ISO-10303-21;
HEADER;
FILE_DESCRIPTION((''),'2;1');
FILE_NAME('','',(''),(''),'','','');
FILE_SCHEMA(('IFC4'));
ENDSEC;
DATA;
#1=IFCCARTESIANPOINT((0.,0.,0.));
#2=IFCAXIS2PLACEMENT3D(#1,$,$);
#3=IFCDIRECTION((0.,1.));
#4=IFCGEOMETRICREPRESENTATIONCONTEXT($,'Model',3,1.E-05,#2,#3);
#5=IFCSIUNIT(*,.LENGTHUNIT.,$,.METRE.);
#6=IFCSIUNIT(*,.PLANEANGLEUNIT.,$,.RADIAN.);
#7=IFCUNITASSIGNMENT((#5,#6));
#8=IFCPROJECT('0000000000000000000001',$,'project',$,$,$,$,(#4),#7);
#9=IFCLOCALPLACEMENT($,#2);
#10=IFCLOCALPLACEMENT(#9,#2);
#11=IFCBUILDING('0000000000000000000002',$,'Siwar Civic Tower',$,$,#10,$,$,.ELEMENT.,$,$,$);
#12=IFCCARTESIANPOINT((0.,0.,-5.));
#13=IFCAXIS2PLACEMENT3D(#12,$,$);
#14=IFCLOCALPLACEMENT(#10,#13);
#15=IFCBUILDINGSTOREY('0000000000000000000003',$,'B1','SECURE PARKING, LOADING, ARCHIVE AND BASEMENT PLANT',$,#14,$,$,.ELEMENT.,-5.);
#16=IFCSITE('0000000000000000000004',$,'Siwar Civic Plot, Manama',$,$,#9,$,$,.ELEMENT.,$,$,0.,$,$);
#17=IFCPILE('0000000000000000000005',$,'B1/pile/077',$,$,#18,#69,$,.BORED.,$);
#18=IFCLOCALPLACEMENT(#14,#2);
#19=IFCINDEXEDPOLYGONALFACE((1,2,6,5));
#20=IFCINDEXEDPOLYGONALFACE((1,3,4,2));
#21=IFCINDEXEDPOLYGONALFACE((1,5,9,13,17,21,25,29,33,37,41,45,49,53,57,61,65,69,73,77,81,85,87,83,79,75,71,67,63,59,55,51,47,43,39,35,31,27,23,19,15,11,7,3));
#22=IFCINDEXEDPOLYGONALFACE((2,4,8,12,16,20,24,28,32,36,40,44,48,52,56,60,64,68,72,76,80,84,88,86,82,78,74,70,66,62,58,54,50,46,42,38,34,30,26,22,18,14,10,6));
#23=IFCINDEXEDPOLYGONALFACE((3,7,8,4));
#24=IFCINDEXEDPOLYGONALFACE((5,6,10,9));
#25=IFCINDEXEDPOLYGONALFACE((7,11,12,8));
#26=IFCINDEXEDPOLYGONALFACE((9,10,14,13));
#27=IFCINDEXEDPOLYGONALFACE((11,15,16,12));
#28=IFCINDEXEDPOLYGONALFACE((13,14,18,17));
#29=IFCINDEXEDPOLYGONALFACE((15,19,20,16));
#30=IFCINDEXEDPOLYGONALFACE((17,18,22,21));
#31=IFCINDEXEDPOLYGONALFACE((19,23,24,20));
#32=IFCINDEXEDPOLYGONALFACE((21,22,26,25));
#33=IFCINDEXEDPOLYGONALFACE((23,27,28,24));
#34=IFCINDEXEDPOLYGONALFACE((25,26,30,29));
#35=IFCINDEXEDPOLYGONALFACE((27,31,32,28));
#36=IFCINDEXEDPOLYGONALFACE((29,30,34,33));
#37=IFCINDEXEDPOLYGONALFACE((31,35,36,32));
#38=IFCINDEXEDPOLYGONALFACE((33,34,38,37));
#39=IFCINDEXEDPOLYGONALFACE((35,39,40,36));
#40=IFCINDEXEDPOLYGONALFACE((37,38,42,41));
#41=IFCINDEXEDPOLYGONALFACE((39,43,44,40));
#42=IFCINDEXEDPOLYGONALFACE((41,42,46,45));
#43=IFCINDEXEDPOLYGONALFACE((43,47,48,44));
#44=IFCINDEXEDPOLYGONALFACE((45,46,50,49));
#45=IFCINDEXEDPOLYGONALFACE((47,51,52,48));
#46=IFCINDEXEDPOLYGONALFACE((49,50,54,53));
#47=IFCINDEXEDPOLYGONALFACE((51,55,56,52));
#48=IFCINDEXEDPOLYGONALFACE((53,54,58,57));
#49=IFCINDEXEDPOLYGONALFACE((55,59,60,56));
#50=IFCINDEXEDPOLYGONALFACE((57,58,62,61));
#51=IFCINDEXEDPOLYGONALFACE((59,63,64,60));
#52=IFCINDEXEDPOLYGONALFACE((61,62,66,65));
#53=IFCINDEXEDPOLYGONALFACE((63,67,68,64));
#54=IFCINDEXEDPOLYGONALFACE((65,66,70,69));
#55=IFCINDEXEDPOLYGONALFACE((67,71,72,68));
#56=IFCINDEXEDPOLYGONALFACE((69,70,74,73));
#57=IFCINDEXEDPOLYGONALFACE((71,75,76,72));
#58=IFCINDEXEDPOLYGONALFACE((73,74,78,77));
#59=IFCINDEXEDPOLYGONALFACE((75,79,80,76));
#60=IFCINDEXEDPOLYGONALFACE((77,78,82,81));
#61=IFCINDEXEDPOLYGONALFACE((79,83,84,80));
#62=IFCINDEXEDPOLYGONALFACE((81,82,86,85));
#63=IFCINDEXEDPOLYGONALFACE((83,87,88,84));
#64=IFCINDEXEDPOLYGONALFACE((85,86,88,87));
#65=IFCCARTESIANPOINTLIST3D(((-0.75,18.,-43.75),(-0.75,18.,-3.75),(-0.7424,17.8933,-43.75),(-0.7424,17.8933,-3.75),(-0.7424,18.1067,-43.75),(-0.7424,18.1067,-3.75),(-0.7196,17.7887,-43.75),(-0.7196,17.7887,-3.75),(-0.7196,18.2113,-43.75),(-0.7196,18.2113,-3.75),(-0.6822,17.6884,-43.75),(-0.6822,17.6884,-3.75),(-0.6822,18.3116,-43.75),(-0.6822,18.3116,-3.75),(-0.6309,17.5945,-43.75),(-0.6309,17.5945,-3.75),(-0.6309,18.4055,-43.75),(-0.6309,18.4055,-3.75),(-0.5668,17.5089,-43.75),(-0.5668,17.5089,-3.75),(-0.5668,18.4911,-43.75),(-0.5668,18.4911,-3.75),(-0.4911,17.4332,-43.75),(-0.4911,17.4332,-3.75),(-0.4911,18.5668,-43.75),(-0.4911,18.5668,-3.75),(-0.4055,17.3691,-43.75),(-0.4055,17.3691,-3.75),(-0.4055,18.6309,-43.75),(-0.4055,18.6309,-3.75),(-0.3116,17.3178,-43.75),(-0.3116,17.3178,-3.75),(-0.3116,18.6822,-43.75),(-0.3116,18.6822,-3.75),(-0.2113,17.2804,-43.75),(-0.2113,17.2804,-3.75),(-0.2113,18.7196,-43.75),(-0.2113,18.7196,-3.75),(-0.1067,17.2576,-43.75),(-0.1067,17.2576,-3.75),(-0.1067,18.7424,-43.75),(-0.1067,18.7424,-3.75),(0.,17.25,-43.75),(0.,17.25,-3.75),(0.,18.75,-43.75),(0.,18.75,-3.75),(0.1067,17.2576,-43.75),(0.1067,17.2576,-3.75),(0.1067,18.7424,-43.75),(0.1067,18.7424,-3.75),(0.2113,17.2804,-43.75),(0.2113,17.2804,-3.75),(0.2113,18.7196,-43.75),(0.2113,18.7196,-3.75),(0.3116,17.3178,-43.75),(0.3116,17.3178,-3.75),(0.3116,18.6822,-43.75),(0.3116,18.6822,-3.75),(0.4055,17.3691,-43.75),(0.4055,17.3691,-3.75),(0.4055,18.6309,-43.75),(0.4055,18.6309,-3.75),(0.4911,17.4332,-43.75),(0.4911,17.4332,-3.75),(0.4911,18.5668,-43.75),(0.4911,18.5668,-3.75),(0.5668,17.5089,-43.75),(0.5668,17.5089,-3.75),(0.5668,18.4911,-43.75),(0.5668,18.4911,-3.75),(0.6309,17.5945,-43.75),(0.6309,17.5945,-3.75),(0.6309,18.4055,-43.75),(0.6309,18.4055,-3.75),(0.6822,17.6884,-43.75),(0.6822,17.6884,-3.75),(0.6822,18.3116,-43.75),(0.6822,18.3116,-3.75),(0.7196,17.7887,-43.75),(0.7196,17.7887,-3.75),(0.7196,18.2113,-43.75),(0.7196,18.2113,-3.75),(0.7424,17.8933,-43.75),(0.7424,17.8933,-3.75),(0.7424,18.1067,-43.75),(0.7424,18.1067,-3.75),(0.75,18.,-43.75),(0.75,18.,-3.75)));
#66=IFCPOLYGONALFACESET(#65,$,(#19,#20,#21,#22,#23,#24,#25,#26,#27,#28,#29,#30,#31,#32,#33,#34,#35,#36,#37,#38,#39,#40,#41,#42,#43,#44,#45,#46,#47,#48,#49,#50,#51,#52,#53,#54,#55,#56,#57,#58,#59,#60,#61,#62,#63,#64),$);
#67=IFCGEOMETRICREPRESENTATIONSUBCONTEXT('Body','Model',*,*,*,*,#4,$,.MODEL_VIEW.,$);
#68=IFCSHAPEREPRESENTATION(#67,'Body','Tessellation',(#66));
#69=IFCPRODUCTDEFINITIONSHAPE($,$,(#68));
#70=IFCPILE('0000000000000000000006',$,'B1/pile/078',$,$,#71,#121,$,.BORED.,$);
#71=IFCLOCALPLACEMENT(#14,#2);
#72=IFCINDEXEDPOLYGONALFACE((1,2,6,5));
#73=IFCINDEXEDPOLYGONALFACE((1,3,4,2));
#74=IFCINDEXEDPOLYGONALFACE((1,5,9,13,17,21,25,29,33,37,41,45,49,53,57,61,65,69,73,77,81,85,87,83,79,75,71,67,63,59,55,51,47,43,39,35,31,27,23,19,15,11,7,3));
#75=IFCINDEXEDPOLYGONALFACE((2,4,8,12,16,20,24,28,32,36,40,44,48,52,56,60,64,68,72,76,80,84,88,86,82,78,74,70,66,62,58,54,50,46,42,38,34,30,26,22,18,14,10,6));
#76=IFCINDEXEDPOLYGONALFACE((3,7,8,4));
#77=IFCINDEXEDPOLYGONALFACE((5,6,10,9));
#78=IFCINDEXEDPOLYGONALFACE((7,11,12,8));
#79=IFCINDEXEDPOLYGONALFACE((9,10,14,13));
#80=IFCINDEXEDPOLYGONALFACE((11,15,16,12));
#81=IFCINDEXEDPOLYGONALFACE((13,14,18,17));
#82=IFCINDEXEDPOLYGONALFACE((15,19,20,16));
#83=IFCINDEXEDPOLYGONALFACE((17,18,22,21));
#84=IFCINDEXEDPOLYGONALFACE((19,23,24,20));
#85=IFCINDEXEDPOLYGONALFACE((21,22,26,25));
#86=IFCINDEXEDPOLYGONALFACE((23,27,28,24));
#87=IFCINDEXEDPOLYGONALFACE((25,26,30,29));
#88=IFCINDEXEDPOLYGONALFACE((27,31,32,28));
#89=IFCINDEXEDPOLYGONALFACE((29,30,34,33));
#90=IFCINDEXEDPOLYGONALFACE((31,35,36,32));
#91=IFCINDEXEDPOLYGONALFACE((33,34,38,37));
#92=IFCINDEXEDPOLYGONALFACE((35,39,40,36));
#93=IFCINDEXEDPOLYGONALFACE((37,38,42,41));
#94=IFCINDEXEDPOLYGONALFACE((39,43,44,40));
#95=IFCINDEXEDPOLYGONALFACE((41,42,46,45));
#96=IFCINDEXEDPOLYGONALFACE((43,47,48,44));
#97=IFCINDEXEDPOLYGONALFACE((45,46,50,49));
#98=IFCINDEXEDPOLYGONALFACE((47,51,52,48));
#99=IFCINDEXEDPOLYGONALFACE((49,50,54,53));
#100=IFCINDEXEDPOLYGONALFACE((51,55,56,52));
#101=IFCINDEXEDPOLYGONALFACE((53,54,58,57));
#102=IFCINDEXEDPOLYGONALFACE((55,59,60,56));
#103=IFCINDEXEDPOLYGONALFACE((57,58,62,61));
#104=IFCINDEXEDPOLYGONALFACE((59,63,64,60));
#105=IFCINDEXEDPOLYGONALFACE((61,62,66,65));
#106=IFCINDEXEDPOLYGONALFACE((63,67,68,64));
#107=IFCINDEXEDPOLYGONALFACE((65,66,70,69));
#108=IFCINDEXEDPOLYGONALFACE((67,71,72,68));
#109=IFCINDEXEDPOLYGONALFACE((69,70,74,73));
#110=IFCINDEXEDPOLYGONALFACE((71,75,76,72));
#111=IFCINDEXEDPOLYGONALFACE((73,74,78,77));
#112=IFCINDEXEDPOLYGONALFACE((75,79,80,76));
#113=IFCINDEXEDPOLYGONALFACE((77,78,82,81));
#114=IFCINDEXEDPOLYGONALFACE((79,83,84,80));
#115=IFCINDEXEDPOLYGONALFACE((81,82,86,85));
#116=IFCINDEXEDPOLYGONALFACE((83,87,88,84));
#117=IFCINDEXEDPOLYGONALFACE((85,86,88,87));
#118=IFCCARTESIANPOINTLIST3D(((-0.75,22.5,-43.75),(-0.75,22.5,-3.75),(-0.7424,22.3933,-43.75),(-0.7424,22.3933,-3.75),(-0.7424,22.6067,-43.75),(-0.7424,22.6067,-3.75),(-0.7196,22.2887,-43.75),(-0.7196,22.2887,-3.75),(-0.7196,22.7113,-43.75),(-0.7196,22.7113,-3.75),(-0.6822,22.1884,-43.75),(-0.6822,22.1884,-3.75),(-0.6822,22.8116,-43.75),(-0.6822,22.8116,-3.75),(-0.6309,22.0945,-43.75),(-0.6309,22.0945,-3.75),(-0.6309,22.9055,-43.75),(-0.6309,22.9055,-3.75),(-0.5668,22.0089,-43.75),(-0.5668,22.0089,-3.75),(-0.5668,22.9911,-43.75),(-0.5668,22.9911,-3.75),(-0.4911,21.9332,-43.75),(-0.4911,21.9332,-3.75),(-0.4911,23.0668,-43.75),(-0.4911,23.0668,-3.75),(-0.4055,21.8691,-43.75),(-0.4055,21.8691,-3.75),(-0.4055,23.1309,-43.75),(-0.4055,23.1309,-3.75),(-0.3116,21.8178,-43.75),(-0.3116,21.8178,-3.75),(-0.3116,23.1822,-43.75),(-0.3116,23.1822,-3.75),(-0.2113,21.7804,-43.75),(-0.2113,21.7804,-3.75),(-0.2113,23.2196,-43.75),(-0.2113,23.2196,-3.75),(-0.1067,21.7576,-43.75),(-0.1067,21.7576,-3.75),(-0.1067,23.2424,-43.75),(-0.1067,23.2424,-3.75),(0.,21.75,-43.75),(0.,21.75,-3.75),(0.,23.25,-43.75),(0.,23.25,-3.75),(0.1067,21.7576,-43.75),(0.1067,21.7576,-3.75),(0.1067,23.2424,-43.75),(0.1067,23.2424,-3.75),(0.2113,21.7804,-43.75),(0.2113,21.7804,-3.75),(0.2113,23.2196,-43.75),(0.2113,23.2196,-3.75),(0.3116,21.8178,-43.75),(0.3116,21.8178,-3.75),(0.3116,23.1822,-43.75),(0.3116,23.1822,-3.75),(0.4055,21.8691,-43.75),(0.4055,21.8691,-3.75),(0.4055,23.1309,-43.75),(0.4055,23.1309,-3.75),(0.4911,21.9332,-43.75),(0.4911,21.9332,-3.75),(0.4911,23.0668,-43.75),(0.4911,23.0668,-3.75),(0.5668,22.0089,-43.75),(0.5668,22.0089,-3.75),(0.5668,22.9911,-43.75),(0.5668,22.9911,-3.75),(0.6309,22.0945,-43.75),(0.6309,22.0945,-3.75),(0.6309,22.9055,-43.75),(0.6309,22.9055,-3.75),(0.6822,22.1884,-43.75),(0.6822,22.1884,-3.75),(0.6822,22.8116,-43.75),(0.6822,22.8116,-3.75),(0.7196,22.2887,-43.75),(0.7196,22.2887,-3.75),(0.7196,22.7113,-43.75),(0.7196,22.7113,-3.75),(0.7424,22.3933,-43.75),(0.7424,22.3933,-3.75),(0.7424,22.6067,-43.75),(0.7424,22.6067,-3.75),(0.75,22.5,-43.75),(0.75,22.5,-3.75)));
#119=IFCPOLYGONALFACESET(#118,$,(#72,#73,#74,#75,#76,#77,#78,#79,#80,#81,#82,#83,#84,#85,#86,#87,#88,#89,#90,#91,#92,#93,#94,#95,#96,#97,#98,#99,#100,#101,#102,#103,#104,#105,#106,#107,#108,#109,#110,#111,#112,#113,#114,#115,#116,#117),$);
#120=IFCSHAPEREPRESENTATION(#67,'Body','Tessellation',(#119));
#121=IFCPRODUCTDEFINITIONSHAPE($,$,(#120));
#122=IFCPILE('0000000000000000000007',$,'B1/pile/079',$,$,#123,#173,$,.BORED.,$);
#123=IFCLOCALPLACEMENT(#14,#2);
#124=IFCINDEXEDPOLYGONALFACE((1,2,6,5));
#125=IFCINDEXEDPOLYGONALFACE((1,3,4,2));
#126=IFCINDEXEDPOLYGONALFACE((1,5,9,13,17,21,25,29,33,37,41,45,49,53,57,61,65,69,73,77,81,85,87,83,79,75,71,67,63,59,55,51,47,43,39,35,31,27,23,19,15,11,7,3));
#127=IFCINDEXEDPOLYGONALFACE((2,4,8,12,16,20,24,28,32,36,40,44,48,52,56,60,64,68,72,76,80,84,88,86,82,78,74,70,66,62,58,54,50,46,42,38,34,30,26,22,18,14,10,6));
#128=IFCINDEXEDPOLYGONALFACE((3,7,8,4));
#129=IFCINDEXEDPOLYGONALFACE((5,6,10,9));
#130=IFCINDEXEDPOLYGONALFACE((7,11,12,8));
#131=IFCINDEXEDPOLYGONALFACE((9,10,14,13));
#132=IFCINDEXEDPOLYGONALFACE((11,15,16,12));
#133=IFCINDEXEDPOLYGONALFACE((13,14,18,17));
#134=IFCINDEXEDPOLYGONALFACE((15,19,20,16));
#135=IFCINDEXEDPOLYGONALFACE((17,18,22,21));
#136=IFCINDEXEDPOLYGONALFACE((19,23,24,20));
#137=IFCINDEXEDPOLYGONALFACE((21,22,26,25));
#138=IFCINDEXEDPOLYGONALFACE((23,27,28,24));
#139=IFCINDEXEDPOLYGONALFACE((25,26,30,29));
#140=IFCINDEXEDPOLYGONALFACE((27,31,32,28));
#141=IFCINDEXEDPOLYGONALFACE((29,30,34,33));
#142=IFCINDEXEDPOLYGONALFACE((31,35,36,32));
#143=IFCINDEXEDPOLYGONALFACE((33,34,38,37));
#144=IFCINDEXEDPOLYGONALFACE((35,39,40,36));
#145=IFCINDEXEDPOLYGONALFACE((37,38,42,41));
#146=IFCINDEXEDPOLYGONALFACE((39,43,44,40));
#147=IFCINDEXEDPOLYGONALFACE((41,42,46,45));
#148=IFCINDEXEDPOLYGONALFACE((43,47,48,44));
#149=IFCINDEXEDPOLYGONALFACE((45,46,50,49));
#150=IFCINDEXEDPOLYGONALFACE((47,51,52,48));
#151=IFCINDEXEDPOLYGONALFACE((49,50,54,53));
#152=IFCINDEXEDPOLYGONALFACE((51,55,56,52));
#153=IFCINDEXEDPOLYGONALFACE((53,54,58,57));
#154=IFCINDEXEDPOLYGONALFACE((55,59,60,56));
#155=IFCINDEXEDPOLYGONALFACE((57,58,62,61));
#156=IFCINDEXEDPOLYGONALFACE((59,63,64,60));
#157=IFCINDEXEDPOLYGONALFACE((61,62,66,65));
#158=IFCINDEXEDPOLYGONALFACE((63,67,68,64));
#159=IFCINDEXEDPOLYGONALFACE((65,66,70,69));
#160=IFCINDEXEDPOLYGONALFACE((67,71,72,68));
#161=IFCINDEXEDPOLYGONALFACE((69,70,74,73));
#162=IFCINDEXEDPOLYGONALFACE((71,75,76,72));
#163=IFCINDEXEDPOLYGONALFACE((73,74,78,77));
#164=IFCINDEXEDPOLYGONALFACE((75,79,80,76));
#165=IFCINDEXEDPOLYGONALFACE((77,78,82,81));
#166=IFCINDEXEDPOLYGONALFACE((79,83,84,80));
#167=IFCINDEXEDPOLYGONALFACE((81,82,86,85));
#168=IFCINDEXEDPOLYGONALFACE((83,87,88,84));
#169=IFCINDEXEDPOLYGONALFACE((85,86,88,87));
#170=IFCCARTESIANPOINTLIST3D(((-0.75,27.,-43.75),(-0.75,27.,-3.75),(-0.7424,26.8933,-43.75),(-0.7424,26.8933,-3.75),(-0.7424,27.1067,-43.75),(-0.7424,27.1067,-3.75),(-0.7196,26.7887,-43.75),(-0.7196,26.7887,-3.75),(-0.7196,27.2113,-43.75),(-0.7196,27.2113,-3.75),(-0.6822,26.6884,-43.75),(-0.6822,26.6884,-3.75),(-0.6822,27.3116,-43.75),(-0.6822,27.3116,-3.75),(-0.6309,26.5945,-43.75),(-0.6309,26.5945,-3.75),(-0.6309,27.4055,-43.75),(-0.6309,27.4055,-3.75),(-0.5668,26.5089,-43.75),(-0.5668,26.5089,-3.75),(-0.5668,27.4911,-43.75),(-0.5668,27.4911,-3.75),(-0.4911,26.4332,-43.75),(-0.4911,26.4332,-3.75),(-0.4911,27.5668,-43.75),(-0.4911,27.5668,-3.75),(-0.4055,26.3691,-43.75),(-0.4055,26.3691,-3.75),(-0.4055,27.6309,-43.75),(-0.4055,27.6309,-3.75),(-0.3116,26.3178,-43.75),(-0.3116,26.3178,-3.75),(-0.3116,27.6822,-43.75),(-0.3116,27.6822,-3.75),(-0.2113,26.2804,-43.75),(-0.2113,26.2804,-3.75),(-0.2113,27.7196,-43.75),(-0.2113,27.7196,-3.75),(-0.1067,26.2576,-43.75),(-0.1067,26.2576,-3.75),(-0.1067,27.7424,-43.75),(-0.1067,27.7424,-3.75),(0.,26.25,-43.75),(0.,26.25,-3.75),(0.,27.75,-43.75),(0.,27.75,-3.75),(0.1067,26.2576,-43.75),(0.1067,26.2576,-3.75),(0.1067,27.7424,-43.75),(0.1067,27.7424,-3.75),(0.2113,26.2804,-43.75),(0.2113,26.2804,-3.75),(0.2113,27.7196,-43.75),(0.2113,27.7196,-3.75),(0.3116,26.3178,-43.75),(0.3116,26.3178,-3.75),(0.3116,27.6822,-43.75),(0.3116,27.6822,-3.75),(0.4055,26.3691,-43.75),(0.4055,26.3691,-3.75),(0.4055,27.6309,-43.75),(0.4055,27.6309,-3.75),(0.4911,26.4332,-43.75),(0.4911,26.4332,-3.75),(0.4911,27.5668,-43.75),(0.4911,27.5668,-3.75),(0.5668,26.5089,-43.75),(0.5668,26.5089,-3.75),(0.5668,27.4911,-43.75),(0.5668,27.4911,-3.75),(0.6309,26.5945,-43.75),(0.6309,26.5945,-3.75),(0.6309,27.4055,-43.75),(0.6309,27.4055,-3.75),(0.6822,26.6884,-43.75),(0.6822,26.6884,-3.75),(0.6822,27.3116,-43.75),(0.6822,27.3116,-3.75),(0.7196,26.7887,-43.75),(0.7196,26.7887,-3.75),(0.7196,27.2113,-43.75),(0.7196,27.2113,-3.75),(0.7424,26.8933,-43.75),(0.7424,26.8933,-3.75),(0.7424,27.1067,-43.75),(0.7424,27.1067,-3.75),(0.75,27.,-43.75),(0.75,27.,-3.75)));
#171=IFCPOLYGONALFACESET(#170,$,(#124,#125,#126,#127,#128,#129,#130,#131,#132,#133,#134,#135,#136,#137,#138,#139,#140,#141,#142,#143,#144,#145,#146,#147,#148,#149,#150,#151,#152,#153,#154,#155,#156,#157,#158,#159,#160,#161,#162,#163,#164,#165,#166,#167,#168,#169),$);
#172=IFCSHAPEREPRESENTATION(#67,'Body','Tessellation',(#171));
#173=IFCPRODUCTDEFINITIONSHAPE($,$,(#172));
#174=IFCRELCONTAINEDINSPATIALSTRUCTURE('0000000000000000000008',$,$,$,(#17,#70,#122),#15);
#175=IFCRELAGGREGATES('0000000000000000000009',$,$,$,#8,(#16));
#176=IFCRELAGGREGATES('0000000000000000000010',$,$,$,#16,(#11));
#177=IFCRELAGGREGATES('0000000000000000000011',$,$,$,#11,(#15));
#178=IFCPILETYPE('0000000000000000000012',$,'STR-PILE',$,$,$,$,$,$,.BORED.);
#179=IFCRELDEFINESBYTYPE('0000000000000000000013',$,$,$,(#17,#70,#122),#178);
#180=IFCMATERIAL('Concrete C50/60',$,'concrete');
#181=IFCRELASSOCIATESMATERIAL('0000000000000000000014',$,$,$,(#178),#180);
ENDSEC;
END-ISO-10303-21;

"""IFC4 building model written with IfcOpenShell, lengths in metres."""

from ifc_helpers import new_model, si_unit, direction, frame, origin, origin_2d, place, context, subcontext, project, spatial, circle, extrude, material, material_profile, profile_set, type_object, element, save


model = new_model("IFC4")

# Units and contexts
model_context = context("Model", 3, precision=1e-05, world=origin(), true_north=direction((0.0, 1.0)))
body_context = subcontext(model_context, "Body", "Model", "MODEL_VIEW")
ifc_project = project(units=[si_unit("LENGTHUNIT", "METRE"), si_unit("PLANEANGLEUNIT", "RADIAN")], contexts=[model_context])

# Site, building, storey
site_placement = place(None, origin())
site = spatial("IfcSite", under=ifc_project, at=site_placement, Name="Siwar Civic Plot, Manama", CompositionType="ELEMENT", RefElevation=0.0)
building_placement = place(site_placement, origin())
building = spatial("IfcBuilding", under=site, at=building_placement, Name="Siwar Civic Tower", CompositionType="ELEMENT")
storey_placement = place(building_placement, frame((0.0, 0.0, -5.0)))
storey = spatial("IfcBuildingStorey", under=building, at=storey_placement, Name="B1", Description="SECURE PARKING, LOADING, ARCHIVE AND BASEMENT PLANT", CompositionType="ELEMENT", Elevation=-5.0)

# Piles
ifc_material_1 = material(Name="Concrete C50/60", Category="concrete")
ifc_material_profile_1 = material_profile(ifc_material_1, circle(Radius=0.75, at=origin_2d()), Name="PILE1500")
ifc_profile_set_1 = profile_set([ifc_material_profile_1], Name="Concrete C50/60")
pile_type = type_object("IfcPileType", Name="STR-PILE", PredefinedType="BORED", material=ifc_profile_set_1)
for number, where, z_axis, x_axis, name in (
    (1, (0.0, 18.0, -3.75), (0.0, 0.0, -1.0), (1.0, 0.0, 0.0), "B1/pile/077"),
    (2, (0.0, 22.5, -3.75), (0.0, 0.0, -1.0), (1.0, 0.0, 0.0), "B1/pile/078"),
    (3, (0.0, 27.0, -3.75), (0.0, 0.0, -1.0), (1.0, 0.0, 0.0), "B1/pile/079"),
):
    element("IfcPile", number, at=place(storey_placement, frame(where, z_axis=z_axis, x_axis=x_axis)), inside=storey, type_object=pile_type, Name=name, PredefinedType="BORED", context=body_context, shape_type="SweptSolid", body=[
        extrude(circle(Radius=0.75, at=origin_2d()), origin(), (0.0, 0.0, 1.0), 40.0),
    ])

save(model, "model.ifc")
